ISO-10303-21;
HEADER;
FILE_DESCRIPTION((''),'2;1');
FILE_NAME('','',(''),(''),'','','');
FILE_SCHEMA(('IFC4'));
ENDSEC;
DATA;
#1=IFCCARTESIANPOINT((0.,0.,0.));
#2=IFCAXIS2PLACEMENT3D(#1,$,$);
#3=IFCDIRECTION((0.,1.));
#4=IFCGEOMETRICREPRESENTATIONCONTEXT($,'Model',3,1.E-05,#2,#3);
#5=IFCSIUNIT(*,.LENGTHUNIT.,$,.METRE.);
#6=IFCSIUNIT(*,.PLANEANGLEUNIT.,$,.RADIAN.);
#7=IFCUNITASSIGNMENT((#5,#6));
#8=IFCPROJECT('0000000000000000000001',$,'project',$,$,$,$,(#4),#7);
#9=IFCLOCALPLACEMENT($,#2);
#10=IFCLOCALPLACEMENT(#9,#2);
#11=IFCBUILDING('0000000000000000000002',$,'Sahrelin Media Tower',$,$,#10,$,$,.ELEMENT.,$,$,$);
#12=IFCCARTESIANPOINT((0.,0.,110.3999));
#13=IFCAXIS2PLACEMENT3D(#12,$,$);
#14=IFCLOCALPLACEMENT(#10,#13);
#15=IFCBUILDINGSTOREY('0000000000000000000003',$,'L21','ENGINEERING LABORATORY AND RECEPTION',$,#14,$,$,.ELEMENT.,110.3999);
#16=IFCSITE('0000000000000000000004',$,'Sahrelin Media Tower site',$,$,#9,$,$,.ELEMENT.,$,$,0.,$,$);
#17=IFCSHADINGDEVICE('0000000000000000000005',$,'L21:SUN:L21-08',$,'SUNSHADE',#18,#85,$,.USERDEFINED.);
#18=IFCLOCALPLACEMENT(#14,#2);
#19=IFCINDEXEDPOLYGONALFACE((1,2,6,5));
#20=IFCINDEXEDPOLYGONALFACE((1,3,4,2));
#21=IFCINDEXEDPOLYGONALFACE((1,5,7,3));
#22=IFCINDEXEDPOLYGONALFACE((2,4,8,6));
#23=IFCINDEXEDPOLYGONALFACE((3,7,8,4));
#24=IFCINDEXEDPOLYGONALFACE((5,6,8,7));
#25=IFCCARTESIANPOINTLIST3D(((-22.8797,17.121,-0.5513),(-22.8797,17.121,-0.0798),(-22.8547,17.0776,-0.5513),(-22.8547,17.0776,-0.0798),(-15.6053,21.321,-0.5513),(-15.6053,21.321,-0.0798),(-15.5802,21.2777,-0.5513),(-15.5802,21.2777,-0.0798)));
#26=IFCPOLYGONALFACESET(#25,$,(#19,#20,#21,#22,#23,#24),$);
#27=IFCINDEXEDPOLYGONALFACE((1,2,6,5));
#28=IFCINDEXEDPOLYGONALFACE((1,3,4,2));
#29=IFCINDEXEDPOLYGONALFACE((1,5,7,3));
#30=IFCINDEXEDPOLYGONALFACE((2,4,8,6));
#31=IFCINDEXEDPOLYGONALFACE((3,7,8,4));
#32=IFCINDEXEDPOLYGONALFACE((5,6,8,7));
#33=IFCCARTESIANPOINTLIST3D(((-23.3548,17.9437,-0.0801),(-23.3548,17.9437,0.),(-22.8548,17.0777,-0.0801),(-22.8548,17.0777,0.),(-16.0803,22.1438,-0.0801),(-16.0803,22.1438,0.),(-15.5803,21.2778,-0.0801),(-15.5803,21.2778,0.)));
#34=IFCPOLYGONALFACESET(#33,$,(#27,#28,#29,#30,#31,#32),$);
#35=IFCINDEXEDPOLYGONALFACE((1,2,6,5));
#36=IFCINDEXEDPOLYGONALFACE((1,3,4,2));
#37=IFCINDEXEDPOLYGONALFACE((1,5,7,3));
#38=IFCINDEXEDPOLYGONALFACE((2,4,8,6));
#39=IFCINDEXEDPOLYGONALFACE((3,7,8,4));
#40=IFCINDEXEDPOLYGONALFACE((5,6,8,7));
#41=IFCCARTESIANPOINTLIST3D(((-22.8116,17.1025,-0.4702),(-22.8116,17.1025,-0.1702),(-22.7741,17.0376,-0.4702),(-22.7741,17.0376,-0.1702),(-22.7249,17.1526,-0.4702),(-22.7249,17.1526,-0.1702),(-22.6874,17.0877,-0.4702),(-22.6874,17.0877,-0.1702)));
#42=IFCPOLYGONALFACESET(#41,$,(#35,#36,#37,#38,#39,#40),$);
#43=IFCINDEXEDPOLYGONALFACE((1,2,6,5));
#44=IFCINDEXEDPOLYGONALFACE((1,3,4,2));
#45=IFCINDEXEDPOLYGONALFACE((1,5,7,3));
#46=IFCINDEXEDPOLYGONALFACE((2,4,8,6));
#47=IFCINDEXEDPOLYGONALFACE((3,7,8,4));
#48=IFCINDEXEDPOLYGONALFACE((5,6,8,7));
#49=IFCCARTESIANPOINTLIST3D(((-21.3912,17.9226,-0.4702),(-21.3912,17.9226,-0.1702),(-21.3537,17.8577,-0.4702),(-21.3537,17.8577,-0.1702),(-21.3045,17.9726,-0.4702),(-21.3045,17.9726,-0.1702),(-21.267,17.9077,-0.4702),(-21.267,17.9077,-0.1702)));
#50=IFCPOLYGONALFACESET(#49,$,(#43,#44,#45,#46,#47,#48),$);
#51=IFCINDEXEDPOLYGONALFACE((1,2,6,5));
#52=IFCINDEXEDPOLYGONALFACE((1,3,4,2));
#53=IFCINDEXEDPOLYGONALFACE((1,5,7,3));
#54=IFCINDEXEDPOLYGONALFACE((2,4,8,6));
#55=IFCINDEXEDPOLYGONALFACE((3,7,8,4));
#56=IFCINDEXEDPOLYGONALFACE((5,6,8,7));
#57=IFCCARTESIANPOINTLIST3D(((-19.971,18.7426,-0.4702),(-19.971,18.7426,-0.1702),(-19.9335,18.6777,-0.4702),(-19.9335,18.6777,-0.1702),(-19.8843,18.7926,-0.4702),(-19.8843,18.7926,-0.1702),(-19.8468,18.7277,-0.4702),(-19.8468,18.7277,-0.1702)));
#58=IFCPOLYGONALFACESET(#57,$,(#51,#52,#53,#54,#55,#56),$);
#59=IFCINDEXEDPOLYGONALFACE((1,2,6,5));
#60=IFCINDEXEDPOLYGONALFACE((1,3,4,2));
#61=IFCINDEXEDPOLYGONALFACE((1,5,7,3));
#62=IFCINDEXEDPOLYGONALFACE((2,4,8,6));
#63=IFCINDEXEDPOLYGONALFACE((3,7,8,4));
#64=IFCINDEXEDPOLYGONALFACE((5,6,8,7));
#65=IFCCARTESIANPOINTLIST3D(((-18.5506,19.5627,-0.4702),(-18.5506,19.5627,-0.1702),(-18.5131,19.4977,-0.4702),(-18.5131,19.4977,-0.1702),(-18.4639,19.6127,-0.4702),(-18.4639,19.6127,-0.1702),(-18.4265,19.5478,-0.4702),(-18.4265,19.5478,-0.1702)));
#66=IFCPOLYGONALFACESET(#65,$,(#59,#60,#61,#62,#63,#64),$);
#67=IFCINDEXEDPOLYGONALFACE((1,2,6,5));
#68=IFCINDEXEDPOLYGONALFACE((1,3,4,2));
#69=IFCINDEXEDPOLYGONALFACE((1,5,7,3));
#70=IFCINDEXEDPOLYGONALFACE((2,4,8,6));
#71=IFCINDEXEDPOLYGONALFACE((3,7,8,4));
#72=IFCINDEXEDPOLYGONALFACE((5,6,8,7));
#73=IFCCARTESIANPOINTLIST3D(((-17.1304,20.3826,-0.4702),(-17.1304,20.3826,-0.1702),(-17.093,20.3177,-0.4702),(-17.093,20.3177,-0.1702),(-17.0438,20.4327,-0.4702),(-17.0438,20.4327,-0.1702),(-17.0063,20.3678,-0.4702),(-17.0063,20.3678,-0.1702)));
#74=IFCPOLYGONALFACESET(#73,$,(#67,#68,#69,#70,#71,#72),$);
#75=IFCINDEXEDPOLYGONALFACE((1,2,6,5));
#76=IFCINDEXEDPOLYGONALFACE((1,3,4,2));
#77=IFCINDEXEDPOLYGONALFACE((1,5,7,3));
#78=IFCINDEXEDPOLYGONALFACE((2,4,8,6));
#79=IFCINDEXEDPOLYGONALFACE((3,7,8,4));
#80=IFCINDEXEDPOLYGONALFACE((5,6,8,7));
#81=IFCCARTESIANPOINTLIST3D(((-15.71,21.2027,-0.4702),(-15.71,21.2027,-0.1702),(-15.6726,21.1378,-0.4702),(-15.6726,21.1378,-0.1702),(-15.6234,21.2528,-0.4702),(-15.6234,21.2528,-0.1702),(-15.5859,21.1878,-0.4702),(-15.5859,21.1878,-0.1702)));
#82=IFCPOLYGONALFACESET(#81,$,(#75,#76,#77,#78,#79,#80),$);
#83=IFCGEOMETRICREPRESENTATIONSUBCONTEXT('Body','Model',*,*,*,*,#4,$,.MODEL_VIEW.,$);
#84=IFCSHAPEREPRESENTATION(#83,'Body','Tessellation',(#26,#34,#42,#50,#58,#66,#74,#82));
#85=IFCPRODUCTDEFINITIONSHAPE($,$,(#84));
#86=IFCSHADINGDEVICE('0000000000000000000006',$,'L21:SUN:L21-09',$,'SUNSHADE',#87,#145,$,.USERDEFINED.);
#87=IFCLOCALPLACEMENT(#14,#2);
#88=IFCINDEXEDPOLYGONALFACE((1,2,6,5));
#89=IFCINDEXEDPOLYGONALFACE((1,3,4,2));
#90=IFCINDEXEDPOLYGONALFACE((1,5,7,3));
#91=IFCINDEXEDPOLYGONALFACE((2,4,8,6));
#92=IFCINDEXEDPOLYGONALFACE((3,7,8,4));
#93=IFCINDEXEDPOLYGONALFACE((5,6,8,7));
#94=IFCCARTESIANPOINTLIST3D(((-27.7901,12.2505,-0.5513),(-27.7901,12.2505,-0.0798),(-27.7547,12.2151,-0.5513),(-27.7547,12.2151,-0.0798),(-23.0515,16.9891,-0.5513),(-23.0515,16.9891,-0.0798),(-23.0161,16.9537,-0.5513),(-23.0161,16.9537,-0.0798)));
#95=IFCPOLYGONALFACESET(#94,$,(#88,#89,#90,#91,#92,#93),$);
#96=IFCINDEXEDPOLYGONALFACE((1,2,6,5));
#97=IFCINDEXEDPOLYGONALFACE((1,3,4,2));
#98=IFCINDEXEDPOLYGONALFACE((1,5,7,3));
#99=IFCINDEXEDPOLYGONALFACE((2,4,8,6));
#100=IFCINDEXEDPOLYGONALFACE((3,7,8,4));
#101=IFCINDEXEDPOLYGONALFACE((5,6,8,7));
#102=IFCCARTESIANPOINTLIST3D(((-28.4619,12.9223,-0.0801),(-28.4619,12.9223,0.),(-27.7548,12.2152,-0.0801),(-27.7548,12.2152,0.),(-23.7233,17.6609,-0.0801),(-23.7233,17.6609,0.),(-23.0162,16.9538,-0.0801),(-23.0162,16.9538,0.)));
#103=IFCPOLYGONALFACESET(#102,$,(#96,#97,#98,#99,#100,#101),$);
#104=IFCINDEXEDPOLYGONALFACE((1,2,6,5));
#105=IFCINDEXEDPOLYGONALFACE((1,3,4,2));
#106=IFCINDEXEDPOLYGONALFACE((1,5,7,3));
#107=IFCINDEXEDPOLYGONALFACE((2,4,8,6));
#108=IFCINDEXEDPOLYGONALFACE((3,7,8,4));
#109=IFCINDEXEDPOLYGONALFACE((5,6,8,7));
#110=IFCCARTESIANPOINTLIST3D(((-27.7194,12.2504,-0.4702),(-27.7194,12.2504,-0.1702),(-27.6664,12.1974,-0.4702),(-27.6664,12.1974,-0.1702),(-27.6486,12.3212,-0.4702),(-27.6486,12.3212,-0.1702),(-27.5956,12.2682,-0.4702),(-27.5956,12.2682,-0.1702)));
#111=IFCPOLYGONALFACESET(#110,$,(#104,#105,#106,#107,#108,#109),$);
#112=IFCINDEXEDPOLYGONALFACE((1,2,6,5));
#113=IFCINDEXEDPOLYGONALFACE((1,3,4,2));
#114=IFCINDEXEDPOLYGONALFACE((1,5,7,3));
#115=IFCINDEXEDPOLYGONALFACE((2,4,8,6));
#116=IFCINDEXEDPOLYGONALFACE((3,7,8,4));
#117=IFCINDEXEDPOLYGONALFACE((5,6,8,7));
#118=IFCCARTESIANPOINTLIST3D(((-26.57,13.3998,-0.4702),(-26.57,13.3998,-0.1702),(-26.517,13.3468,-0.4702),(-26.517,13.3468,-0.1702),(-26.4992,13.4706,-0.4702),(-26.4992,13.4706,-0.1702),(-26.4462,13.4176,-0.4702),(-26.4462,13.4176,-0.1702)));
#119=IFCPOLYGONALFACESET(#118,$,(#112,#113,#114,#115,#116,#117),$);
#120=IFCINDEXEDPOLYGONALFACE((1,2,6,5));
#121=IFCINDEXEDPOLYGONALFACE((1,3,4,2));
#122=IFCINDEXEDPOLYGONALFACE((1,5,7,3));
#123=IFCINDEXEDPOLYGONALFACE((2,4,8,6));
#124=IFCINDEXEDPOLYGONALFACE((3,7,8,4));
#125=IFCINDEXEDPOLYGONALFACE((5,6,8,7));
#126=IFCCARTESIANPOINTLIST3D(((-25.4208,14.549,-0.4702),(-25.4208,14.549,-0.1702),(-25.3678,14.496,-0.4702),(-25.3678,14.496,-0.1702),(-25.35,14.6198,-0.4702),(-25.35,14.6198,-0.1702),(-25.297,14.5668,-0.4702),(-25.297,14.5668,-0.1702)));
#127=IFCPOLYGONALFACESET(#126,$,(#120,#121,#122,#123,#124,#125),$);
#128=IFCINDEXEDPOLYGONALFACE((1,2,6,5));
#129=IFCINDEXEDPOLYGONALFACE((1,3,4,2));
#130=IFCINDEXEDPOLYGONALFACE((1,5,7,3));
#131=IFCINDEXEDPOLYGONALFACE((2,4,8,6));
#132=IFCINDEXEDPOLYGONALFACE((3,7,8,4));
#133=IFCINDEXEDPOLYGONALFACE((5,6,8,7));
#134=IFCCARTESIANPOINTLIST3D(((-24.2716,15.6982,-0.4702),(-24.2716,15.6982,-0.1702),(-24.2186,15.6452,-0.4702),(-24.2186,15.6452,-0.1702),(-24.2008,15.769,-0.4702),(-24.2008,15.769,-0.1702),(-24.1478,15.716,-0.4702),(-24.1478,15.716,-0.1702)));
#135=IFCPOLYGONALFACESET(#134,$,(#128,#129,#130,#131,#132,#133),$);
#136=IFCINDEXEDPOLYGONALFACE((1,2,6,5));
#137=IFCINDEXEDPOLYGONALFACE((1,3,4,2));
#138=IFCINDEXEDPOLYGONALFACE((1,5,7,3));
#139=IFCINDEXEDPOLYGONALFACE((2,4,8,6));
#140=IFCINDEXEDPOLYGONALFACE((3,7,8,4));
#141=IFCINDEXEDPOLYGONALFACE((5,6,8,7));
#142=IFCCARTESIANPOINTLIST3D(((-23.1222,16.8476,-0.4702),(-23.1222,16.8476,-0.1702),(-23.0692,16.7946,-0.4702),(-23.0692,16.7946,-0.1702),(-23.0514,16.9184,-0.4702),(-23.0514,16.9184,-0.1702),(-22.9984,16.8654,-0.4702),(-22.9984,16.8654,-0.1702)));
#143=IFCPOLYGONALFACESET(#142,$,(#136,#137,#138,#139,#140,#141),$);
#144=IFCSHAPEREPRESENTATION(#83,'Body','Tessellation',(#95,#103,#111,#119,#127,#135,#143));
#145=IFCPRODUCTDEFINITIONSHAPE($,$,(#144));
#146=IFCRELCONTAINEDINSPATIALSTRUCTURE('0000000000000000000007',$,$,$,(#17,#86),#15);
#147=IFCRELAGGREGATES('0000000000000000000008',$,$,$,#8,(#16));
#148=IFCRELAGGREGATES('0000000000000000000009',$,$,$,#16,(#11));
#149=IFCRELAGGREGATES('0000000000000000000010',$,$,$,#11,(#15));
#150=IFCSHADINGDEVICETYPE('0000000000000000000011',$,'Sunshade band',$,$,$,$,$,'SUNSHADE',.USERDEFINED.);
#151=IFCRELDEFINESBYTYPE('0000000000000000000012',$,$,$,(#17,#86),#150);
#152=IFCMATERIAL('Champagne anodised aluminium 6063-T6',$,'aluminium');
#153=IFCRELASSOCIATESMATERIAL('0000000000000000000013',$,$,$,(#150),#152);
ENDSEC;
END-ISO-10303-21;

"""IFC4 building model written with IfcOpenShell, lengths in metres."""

from ifc_helpers import new_model, si_unit, direction, frame, origin, origin_2d, place, context, subcontext, project, spatial, rectangle, extrude, material, type_object, element, save


model = new_model("IFC4")

# Units and contexts
model_context = context("Model", 3, precision=1e-05, world=origin(), true_north=direction((0.0, 1.0)))
body_context = subcontext(model_context, "Body", "Model", "MODEL_VIEW")
ifc_project = project(units=[si_unit("LENGTHUNIT", "METRE"), si_unit("PLANEANGLEUNIT", "RADIAN")], contexts=[model_context])

# Site, building, storey
site_placement = place(None, origin())
site = spatial("IfcSite", under=ifc_project, at=site_placement, Name="Sahrelin Media Tower site", CompositionType="ELEMENT", RefElevation=0.0)
building_placement = place(site_placement, origin())
building = spatial("IfcBuilding", under=site, at=building_placement, Name="Sahrelin Media Tower", CompositionType="ELEMENT")
storey_placement = place(building_placement, frame((0.0, 0.0, 110.3999)))
storey = spatial("IfcBuildingStorey", under=building, at=storey_placement, Name="L21", Description="ENGINEERING LABORATORY AND RECEPTION", CompositionType="ELEMENT", Elevation=110.3999)

# Shared definitions
ifc_material_1 = material(Name="Champagne anodised aluminium 6063-T6", Category="aluminium")

# Shading devices
placement_1 = place(storey_placement, frame((-19.2075, 19.1604, 0.0), z_axis=(0.0, 0.0, 1.0), x_axis=(0.866019, 0.500011, 0.0)))
placement_2 = place(storey_placement, frame((-25.3713, 14.5703, 0.0), z_axis=(0.0, 0.0, 1.0), x_axis=(0.707107, 0.707107, 0.0)))
shading_device_type_1 = type_object("IfcShadingDeviceType", Name="Sunshade band", ElementType="SUNSHADE", PredefinedType="USERDEFINED", material=ifc_material_1)
element("IfcShadingDevice", 1, at=placement_1, inside=storey, type_object=shading_device_type_1, Name="L21:SUN:L21-08", ObjectType="SUNSHADE", PredefinedType="USERDEFINED", context=body_context, shape_type="SweptSolid", body=[
    extrude(rectangle(XDim=8.3999, YDim=0.05, at=origin_2d()), frame((0.0, 0.0449, -0.5513)), (0.0, 0.0, 1.0), 0.4714),
    extrude(rectangle(XDim=8.3999, YDim=1.0, at=origin_2d()), frame((0.0, 0.52, -0.0801)), (0.0, 0.0, 1.0), 0.0801),
    extrude(rectangle(XDim=0.1001, YDim=0.075, at=origin_2d()), frame((-4.1001, -0.0176, -0.4702)), (0.0, 0.0, 1.0), 0.3),
    extrude(rectangle(XDim=0.1001, YDim=0.075, at=origin_2d()), frame((-2.46, -0.0176, -0.4702)), (0.0, 0.0, 1.0), 0.3),
    extrude(rectangle(XDim=0.1001, YDim=0.075, at=origin_2d()), frame((-0.8201, -0.0176, -0.4702)), (0.0, 0.0, 1.0), 0.3),
    extrude(rectangle(XDim=0.1001, YDim=0.075, at=origin_2d()), frame((0.8201, -0.0176, -0.4702)), (0.0, 0.0, 1.0), 0.3),
    extrude(rectangle(XDim=0.1001, YDim=0.075, at=origin_2d()), frame((2.46, -0.0176, -0.4702)), (0.0, 0.0, 1.0), 0.3),
    extrude(rectangle(XDim=0.1001, YDim=0.075, at=origin_2d()), frame((4.1001, -0.0176, -0.4702)), (0.0, 0.0, 1.0), 0.3),
])
element("IfcShadingDevice", 2, at=placement_2, inside=storey, type_object=shading_device_type_1, Name="L21:SUN:L21-09", ObjectType="SUNSHADE", PredefinedType="USERDEFINED", context=body_context, shape_type="SweptSolid", body=[
    extrude(rectangle(XDim=6.7014, YDim=0.05, at=origin_2d()), frame((0.0, 0.0449, -0.5513)), (0.0, 0.0, 1.0), 0.4714),
    extrude(rectangle(XDim=6.7014, YDim=1.0, at=origin_2d()), frame((0.0, 0.52, -0.0801)), (0.0, 0.0, 1.0), 0.0801),
    extrude(rectangle(XDim=0.1001, YDim=0.075, at=origin_2d()), frame((-3.2507, -0.0176, -0.4702)), (0.0, 0.0, 1.0), 0.3),
    extrude(rectangle(XDim=0.1001, YDim=0.075, at=origin_2d()), frame((-1.6252, -0.0176, -0.4702)), (0.0, 0.0, 1.0), 0.3),
    extrude(rectangle(XDim=0.1001, YDim=0.075, at=origin_2d()), frame((0.0, -0.0176, -0.4702)), (0.0, 0.0, 1.0), 0.3),
    extrude(rectangle(XDim=0.1001, YDim=0.075, at=origin_2d()), frame((1.6252, -0.0176, -0.4702)), (0.0, 0.0, 1.0), 0.3),
    extrude(rectangle(XDim=0.1001, YDim=0.075, at=origin_2d()), frame((3.2507, -0.0176, -0.4702)), (0.0, 0.0, 1.0), 0.3),
])

save(model, "model.ifc")
